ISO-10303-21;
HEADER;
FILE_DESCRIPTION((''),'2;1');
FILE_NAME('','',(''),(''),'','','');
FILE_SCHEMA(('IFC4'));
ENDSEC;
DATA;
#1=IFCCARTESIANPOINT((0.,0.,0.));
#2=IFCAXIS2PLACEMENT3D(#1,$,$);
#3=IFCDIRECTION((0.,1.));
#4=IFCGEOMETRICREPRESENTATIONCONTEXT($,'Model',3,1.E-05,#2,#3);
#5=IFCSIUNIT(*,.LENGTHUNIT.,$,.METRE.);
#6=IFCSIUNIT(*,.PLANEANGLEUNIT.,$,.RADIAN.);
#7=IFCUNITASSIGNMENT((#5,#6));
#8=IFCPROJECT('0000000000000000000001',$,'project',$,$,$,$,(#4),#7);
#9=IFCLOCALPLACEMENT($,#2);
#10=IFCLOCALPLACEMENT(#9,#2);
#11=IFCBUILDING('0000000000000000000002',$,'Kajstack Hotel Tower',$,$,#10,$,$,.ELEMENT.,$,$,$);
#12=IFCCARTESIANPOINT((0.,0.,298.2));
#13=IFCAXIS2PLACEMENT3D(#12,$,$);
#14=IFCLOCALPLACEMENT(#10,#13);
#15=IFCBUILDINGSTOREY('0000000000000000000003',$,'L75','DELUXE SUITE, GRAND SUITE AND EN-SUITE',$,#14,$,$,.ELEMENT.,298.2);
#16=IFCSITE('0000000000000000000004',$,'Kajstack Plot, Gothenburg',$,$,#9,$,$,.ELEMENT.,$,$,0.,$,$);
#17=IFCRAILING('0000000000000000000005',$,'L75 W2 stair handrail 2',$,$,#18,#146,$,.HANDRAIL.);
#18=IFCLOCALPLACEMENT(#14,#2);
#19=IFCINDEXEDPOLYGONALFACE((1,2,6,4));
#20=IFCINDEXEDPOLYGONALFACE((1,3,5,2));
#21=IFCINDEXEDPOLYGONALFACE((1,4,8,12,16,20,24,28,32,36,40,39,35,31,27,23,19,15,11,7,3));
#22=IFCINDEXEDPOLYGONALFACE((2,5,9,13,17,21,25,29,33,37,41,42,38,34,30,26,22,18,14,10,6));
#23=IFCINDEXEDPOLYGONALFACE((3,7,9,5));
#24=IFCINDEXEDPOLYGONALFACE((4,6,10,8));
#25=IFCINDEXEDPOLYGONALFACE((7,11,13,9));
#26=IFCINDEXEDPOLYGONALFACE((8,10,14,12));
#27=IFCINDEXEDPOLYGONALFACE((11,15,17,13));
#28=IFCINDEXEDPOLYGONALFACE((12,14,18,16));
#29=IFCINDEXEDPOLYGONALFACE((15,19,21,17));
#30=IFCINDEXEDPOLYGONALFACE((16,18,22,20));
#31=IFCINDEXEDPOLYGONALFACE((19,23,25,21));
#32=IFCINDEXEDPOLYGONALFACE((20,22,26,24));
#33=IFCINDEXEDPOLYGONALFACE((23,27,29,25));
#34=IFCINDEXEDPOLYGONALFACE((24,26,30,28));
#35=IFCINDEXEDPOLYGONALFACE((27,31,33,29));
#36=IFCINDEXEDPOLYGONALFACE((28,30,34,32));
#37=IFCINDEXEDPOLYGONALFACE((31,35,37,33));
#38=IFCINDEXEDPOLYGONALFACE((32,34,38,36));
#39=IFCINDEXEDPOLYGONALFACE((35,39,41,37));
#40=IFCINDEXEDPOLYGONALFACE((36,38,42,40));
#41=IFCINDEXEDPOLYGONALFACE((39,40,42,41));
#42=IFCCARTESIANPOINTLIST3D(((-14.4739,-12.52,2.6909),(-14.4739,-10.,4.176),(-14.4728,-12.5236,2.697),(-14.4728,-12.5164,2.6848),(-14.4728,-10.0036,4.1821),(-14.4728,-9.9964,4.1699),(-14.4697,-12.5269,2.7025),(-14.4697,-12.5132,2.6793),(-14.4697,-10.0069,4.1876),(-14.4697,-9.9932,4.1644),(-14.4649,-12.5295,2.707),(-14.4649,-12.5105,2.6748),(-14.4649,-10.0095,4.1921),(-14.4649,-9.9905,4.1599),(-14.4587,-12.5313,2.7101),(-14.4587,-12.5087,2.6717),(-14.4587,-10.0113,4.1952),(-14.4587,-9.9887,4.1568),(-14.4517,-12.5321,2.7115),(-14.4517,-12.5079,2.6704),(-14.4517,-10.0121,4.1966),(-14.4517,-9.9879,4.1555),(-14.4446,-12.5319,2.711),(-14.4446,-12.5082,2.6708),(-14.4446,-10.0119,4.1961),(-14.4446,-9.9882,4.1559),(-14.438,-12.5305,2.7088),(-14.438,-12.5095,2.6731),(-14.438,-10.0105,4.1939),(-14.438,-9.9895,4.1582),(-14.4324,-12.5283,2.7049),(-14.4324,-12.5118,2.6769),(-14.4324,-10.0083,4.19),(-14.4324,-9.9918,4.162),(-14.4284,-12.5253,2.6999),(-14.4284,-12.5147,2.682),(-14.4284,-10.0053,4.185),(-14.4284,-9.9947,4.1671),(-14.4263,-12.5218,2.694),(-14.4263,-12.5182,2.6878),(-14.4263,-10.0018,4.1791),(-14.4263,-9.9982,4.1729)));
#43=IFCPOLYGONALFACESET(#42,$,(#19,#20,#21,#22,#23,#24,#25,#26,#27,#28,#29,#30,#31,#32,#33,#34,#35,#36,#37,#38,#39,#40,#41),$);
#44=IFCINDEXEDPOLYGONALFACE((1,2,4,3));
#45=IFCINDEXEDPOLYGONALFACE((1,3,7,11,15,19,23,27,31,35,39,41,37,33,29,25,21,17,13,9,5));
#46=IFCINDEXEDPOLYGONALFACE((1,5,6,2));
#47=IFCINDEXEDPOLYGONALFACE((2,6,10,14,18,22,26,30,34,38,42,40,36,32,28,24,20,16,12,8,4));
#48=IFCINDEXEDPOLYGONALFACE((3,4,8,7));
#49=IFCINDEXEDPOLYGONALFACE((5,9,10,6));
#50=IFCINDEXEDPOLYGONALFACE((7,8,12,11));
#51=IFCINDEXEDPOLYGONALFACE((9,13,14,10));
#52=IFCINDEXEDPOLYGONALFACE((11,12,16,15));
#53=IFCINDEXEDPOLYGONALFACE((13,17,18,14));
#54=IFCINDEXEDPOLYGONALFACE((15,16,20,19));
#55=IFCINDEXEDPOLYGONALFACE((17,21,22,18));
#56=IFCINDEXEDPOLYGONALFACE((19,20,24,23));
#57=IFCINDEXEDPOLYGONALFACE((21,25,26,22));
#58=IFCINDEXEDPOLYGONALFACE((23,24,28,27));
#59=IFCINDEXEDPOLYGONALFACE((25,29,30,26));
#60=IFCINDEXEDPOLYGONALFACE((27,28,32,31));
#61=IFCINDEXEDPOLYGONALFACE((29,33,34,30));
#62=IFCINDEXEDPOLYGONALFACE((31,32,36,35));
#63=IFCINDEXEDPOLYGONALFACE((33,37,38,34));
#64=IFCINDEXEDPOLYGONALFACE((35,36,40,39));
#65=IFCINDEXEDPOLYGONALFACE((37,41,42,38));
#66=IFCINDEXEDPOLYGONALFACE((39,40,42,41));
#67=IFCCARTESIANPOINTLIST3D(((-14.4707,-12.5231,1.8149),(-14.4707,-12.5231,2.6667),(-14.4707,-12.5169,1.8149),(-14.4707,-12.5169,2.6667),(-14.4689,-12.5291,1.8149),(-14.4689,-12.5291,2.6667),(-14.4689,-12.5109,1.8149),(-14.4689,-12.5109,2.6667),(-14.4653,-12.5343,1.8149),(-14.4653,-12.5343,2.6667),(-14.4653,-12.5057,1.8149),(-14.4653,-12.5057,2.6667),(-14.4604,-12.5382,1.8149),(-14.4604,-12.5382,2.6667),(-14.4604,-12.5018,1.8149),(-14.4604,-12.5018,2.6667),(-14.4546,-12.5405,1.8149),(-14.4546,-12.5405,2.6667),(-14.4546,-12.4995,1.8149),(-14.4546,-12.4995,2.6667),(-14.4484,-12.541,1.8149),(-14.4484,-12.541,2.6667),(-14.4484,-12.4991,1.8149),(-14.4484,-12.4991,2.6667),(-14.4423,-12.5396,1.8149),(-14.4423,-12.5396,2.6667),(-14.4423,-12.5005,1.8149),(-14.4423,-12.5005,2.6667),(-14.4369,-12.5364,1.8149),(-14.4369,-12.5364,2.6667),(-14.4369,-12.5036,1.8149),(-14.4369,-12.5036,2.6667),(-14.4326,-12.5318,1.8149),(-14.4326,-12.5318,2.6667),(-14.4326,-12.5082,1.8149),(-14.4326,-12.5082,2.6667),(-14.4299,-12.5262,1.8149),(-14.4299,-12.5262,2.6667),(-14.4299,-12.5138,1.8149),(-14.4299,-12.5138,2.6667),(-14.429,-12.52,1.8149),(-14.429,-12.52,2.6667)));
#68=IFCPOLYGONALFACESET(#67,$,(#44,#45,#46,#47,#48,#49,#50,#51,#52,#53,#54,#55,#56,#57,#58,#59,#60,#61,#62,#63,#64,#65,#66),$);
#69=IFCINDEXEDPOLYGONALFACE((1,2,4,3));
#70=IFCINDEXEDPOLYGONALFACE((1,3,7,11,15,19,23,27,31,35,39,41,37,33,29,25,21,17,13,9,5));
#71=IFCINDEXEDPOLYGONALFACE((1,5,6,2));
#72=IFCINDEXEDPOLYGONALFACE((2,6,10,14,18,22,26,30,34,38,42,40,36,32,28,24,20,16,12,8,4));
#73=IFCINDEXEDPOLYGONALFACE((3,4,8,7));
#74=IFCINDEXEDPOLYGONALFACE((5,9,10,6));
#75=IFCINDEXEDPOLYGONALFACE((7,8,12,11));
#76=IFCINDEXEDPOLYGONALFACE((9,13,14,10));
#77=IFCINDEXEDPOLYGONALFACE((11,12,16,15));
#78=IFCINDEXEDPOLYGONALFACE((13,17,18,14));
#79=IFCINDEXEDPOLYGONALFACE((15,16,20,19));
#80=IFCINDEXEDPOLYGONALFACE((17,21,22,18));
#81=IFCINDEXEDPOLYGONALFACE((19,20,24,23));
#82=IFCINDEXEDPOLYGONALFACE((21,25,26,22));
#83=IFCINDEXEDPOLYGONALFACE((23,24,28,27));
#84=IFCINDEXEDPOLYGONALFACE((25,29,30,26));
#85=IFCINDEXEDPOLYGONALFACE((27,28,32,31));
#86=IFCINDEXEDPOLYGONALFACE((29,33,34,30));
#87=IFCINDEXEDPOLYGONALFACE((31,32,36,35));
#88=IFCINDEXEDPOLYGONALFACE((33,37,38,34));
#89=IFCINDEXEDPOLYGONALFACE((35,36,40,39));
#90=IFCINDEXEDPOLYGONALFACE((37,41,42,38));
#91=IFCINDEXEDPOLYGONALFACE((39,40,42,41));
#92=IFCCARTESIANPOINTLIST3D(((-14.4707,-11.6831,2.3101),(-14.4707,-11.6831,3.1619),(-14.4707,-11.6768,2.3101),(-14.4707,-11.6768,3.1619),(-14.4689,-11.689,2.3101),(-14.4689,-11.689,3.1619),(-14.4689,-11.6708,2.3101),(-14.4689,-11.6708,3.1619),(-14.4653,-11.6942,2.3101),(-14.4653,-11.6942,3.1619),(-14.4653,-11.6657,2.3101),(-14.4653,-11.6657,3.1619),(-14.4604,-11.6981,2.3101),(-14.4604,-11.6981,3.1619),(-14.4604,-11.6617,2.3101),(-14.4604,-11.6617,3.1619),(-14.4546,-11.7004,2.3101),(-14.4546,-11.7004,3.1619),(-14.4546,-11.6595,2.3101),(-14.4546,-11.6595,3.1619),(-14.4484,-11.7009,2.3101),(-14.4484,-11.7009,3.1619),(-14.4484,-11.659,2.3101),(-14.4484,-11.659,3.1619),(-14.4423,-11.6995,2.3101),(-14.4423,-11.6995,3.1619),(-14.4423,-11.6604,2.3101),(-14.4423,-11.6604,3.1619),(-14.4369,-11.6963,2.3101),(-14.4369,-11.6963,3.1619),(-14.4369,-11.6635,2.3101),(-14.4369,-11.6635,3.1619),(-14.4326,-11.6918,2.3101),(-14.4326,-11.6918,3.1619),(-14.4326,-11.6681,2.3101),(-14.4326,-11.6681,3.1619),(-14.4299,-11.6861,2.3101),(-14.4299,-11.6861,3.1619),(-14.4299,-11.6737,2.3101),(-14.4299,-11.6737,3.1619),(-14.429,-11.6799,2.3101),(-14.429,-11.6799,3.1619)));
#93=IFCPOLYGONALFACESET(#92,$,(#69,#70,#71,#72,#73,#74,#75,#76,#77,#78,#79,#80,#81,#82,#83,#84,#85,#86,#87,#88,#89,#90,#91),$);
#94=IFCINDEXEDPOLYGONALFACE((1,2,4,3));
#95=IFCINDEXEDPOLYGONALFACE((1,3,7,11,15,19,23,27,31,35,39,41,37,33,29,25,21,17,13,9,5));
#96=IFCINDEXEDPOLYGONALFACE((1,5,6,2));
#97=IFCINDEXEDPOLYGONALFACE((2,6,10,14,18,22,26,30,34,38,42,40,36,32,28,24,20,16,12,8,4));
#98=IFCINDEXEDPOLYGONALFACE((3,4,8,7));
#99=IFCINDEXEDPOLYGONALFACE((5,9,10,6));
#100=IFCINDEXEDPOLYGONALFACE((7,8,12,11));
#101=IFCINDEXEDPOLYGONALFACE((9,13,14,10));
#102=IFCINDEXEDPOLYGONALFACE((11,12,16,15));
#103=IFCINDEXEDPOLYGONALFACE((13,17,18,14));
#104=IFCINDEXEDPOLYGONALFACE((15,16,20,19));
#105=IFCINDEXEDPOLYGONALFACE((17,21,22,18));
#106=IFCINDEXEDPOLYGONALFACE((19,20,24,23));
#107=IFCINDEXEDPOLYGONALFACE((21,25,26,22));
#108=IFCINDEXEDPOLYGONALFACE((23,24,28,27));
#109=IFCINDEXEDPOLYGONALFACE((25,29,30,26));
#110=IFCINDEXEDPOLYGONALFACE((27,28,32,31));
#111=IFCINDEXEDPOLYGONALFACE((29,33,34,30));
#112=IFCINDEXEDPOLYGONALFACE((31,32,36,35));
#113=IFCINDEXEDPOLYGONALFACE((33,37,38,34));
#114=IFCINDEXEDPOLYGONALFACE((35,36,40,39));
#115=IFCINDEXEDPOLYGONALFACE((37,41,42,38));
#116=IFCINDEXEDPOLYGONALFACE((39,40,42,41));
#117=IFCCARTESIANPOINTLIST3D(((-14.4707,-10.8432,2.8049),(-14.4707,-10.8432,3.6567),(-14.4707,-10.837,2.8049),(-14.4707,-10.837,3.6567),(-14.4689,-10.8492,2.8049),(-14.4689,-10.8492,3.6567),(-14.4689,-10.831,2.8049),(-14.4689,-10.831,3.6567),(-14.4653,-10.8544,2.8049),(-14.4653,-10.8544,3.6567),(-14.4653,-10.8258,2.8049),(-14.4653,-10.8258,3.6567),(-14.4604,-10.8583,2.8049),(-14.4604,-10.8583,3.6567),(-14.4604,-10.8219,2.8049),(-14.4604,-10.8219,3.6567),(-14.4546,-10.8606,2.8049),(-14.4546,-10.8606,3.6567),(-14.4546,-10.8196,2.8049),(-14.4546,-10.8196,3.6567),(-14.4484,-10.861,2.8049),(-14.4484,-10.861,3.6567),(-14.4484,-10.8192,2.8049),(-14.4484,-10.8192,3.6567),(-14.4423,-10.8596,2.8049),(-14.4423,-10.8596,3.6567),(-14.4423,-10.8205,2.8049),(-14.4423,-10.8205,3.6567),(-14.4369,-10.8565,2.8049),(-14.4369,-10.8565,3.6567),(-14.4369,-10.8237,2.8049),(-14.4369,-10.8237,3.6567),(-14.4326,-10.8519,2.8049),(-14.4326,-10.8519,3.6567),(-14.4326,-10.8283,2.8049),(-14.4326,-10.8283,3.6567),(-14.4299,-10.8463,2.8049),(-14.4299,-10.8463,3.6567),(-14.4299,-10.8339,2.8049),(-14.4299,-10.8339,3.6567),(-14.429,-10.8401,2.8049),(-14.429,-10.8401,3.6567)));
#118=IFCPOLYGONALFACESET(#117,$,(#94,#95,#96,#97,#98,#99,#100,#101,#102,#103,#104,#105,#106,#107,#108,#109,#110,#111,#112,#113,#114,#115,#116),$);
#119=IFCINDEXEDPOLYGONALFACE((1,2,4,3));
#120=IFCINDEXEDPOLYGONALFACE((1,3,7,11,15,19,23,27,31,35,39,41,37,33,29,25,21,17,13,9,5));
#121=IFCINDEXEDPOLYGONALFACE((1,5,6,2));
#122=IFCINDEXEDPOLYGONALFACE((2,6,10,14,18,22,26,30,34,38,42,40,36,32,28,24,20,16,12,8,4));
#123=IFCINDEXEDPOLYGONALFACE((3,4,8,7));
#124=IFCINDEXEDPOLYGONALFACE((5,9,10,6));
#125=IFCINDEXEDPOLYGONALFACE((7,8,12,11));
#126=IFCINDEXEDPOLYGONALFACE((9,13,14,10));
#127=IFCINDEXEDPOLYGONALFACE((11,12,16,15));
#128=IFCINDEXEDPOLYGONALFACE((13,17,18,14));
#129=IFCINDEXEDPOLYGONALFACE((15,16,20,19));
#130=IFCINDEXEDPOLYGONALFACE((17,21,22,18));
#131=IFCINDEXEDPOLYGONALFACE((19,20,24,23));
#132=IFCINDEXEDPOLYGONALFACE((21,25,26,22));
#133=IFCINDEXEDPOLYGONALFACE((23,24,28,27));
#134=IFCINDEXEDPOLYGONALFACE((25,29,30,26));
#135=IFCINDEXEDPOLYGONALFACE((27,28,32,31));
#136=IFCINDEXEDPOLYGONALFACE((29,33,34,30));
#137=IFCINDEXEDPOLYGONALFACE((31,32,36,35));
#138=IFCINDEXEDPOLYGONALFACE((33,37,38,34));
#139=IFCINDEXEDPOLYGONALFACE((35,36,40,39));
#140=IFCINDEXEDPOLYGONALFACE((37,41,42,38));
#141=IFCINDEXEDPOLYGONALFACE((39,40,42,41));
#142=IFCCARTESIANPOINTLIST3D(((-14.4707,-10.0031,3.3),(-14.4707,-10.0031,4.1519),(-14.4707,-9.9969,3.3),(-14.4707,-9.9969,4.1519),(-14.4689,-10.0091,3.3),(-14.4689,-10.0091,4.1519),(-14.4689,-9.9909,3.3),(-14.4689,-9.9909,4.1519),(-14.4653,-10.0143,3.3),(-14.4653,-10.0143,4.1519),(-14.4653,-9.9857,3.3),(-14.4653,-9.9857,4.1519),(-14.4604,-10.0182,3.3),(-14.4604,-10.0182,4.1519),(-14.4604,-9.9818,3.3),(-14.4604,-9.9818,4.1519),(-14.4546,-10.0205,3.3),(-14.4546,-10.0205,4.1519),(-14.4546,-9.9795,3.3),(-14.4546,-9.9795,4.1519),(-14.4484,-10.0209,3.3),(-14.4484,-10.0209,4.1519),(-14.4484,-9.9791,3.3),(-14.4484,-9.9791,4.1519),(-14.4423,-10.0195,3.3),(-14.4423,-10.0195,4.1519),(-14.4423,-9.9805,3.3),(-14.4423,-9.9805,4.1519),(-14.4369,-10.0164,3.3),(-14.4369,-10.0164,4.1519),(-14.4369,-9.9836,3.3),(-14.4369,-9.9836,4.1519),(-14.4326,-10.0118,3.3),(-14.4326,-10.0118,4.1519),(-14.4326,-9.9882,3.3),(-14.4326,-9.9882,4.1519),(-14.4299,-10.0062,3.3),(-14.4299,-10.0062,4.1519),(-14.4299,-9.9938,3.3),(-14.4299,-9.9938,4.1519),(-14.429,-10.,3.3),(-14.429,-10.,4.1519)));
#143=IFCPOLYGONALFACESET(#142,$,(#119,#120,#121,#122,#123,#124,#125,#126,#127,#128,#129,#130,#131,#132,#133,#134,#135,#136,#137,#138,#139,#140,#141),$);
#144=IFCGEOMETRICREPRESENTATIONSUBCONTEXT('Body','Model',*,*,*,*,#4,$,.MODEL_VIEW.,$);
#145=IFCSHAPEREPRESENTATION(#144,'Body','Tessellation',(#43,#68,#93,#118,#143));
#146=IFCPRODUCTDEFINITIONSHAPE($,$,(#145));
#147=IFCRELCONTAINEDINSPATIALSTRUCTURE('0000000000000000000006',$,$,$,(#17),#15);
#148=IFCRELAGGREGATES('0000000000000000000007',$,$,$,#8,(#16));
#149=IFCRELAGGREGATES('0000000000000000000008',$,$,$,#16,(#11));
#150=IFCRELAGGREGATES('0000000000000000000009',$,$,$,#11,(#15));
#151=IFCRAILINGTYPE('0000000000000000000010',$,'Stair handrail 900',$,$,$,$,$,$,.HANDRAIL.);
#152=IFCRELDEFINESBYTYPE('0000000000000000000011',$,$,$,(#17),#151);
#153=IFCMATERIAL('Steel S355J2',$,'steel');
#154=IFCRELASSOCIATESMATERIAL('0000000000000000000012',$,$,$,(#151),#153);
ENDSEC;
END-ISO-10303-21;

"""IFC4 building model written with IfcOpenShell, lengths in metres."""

from ifc_helpers import new_model, si_unit, direction, frame, origin, origin_2d, place, context, subcontext, project, spatial, circle, extrude, material, type_object, element, save


model = new_model("IFC4")

# Units and contexts
model_context = context("Model", 3, precision=1e-05, world=origin(), true_north=direction((0.0, 1.0)))
body_context = subcontext(model_context, "Body", "Model", "MODEL_VIEW")
ifc_project = project(units=[si_unit("LENGTHUNIT", "METRE"), si_unit("PLANEANGLEUNIT", "RADIAN")], contexts=[model_context])

# Site, building, storey
site_placement = place(None, origin())
site = spatial("IfcSite", under=ifc_project, at=site_placement, Name="Kajstack Plot, Gothenburg", CompositionType="ELEMENT", RefElevation=0.0)
building_placement = place(site_placement, origin())
building = spatial("IfcBuilding", under=site, at=building_placement, Name="Kajstack Hotel Tower", CompositionType="ELEMENT")
storey_placement = place(building_placement, frame((0.0, 0.0, 298.2)))
storey = spatial("IfcBuildingStorey", under=building, at=storey_placement, Name="L75", Description="DELUXE SUITE, GRAND SUITE AND EN-SUITE", CompositionType="ELEMENT", Elevation=298.2)

# Railing
ifc_material_1 = material(Name="Steel S355J2", Category="steel")
railing_type = type_object("IfcRailingType", Name="Stair handrail 900", PredefinedType="HANDRAIL", material=ifc_material_1)
railing_placement = place(storey_placement, frame((-14.45, -12.52, 1.8149)))
element("IfcRailing", 1, at=railing_placement, inside=storey, type_object=railing_type, Name="L75 W2 stair handrail 2", PredefinedType="HANDRAIL", context=body_context, shape_type="SweptSolid", body=[
    extrude(circle(Radius=0.0239, at=origin_2d()), frame((0.0, 0.0, 0.876), z_axis=(0.0, 0.861524, 0.507717), x_axis=(-1.0, 0.0, 0.0)), (0.0, 0.0, 1.0), 2.925),
    extrude(circle(Radius=0.021, at=origin_2d()), origin(), (0.0, 0.0, 1.0), 0.8518),
    extrude(circle(Radius=0.021, at=origin_2d()), frame((0.0, 0.8401, 0.4951)), (0.0, 0.0, 1.0), 0.8518),
    extrude(circle(Radius=0.021, at=origin_2d()), frame((0.0, 1.6799, 0.99)), (0.0, 0.0, 1.0), 0.8518),
    extrude(circle(Radius=0.021, at=origin_2d()), frame((0.0, 2.52, 1.4851)), (0.0, 0.0, 1.0), 0.8518),
])

save(model, "model.ifc")
